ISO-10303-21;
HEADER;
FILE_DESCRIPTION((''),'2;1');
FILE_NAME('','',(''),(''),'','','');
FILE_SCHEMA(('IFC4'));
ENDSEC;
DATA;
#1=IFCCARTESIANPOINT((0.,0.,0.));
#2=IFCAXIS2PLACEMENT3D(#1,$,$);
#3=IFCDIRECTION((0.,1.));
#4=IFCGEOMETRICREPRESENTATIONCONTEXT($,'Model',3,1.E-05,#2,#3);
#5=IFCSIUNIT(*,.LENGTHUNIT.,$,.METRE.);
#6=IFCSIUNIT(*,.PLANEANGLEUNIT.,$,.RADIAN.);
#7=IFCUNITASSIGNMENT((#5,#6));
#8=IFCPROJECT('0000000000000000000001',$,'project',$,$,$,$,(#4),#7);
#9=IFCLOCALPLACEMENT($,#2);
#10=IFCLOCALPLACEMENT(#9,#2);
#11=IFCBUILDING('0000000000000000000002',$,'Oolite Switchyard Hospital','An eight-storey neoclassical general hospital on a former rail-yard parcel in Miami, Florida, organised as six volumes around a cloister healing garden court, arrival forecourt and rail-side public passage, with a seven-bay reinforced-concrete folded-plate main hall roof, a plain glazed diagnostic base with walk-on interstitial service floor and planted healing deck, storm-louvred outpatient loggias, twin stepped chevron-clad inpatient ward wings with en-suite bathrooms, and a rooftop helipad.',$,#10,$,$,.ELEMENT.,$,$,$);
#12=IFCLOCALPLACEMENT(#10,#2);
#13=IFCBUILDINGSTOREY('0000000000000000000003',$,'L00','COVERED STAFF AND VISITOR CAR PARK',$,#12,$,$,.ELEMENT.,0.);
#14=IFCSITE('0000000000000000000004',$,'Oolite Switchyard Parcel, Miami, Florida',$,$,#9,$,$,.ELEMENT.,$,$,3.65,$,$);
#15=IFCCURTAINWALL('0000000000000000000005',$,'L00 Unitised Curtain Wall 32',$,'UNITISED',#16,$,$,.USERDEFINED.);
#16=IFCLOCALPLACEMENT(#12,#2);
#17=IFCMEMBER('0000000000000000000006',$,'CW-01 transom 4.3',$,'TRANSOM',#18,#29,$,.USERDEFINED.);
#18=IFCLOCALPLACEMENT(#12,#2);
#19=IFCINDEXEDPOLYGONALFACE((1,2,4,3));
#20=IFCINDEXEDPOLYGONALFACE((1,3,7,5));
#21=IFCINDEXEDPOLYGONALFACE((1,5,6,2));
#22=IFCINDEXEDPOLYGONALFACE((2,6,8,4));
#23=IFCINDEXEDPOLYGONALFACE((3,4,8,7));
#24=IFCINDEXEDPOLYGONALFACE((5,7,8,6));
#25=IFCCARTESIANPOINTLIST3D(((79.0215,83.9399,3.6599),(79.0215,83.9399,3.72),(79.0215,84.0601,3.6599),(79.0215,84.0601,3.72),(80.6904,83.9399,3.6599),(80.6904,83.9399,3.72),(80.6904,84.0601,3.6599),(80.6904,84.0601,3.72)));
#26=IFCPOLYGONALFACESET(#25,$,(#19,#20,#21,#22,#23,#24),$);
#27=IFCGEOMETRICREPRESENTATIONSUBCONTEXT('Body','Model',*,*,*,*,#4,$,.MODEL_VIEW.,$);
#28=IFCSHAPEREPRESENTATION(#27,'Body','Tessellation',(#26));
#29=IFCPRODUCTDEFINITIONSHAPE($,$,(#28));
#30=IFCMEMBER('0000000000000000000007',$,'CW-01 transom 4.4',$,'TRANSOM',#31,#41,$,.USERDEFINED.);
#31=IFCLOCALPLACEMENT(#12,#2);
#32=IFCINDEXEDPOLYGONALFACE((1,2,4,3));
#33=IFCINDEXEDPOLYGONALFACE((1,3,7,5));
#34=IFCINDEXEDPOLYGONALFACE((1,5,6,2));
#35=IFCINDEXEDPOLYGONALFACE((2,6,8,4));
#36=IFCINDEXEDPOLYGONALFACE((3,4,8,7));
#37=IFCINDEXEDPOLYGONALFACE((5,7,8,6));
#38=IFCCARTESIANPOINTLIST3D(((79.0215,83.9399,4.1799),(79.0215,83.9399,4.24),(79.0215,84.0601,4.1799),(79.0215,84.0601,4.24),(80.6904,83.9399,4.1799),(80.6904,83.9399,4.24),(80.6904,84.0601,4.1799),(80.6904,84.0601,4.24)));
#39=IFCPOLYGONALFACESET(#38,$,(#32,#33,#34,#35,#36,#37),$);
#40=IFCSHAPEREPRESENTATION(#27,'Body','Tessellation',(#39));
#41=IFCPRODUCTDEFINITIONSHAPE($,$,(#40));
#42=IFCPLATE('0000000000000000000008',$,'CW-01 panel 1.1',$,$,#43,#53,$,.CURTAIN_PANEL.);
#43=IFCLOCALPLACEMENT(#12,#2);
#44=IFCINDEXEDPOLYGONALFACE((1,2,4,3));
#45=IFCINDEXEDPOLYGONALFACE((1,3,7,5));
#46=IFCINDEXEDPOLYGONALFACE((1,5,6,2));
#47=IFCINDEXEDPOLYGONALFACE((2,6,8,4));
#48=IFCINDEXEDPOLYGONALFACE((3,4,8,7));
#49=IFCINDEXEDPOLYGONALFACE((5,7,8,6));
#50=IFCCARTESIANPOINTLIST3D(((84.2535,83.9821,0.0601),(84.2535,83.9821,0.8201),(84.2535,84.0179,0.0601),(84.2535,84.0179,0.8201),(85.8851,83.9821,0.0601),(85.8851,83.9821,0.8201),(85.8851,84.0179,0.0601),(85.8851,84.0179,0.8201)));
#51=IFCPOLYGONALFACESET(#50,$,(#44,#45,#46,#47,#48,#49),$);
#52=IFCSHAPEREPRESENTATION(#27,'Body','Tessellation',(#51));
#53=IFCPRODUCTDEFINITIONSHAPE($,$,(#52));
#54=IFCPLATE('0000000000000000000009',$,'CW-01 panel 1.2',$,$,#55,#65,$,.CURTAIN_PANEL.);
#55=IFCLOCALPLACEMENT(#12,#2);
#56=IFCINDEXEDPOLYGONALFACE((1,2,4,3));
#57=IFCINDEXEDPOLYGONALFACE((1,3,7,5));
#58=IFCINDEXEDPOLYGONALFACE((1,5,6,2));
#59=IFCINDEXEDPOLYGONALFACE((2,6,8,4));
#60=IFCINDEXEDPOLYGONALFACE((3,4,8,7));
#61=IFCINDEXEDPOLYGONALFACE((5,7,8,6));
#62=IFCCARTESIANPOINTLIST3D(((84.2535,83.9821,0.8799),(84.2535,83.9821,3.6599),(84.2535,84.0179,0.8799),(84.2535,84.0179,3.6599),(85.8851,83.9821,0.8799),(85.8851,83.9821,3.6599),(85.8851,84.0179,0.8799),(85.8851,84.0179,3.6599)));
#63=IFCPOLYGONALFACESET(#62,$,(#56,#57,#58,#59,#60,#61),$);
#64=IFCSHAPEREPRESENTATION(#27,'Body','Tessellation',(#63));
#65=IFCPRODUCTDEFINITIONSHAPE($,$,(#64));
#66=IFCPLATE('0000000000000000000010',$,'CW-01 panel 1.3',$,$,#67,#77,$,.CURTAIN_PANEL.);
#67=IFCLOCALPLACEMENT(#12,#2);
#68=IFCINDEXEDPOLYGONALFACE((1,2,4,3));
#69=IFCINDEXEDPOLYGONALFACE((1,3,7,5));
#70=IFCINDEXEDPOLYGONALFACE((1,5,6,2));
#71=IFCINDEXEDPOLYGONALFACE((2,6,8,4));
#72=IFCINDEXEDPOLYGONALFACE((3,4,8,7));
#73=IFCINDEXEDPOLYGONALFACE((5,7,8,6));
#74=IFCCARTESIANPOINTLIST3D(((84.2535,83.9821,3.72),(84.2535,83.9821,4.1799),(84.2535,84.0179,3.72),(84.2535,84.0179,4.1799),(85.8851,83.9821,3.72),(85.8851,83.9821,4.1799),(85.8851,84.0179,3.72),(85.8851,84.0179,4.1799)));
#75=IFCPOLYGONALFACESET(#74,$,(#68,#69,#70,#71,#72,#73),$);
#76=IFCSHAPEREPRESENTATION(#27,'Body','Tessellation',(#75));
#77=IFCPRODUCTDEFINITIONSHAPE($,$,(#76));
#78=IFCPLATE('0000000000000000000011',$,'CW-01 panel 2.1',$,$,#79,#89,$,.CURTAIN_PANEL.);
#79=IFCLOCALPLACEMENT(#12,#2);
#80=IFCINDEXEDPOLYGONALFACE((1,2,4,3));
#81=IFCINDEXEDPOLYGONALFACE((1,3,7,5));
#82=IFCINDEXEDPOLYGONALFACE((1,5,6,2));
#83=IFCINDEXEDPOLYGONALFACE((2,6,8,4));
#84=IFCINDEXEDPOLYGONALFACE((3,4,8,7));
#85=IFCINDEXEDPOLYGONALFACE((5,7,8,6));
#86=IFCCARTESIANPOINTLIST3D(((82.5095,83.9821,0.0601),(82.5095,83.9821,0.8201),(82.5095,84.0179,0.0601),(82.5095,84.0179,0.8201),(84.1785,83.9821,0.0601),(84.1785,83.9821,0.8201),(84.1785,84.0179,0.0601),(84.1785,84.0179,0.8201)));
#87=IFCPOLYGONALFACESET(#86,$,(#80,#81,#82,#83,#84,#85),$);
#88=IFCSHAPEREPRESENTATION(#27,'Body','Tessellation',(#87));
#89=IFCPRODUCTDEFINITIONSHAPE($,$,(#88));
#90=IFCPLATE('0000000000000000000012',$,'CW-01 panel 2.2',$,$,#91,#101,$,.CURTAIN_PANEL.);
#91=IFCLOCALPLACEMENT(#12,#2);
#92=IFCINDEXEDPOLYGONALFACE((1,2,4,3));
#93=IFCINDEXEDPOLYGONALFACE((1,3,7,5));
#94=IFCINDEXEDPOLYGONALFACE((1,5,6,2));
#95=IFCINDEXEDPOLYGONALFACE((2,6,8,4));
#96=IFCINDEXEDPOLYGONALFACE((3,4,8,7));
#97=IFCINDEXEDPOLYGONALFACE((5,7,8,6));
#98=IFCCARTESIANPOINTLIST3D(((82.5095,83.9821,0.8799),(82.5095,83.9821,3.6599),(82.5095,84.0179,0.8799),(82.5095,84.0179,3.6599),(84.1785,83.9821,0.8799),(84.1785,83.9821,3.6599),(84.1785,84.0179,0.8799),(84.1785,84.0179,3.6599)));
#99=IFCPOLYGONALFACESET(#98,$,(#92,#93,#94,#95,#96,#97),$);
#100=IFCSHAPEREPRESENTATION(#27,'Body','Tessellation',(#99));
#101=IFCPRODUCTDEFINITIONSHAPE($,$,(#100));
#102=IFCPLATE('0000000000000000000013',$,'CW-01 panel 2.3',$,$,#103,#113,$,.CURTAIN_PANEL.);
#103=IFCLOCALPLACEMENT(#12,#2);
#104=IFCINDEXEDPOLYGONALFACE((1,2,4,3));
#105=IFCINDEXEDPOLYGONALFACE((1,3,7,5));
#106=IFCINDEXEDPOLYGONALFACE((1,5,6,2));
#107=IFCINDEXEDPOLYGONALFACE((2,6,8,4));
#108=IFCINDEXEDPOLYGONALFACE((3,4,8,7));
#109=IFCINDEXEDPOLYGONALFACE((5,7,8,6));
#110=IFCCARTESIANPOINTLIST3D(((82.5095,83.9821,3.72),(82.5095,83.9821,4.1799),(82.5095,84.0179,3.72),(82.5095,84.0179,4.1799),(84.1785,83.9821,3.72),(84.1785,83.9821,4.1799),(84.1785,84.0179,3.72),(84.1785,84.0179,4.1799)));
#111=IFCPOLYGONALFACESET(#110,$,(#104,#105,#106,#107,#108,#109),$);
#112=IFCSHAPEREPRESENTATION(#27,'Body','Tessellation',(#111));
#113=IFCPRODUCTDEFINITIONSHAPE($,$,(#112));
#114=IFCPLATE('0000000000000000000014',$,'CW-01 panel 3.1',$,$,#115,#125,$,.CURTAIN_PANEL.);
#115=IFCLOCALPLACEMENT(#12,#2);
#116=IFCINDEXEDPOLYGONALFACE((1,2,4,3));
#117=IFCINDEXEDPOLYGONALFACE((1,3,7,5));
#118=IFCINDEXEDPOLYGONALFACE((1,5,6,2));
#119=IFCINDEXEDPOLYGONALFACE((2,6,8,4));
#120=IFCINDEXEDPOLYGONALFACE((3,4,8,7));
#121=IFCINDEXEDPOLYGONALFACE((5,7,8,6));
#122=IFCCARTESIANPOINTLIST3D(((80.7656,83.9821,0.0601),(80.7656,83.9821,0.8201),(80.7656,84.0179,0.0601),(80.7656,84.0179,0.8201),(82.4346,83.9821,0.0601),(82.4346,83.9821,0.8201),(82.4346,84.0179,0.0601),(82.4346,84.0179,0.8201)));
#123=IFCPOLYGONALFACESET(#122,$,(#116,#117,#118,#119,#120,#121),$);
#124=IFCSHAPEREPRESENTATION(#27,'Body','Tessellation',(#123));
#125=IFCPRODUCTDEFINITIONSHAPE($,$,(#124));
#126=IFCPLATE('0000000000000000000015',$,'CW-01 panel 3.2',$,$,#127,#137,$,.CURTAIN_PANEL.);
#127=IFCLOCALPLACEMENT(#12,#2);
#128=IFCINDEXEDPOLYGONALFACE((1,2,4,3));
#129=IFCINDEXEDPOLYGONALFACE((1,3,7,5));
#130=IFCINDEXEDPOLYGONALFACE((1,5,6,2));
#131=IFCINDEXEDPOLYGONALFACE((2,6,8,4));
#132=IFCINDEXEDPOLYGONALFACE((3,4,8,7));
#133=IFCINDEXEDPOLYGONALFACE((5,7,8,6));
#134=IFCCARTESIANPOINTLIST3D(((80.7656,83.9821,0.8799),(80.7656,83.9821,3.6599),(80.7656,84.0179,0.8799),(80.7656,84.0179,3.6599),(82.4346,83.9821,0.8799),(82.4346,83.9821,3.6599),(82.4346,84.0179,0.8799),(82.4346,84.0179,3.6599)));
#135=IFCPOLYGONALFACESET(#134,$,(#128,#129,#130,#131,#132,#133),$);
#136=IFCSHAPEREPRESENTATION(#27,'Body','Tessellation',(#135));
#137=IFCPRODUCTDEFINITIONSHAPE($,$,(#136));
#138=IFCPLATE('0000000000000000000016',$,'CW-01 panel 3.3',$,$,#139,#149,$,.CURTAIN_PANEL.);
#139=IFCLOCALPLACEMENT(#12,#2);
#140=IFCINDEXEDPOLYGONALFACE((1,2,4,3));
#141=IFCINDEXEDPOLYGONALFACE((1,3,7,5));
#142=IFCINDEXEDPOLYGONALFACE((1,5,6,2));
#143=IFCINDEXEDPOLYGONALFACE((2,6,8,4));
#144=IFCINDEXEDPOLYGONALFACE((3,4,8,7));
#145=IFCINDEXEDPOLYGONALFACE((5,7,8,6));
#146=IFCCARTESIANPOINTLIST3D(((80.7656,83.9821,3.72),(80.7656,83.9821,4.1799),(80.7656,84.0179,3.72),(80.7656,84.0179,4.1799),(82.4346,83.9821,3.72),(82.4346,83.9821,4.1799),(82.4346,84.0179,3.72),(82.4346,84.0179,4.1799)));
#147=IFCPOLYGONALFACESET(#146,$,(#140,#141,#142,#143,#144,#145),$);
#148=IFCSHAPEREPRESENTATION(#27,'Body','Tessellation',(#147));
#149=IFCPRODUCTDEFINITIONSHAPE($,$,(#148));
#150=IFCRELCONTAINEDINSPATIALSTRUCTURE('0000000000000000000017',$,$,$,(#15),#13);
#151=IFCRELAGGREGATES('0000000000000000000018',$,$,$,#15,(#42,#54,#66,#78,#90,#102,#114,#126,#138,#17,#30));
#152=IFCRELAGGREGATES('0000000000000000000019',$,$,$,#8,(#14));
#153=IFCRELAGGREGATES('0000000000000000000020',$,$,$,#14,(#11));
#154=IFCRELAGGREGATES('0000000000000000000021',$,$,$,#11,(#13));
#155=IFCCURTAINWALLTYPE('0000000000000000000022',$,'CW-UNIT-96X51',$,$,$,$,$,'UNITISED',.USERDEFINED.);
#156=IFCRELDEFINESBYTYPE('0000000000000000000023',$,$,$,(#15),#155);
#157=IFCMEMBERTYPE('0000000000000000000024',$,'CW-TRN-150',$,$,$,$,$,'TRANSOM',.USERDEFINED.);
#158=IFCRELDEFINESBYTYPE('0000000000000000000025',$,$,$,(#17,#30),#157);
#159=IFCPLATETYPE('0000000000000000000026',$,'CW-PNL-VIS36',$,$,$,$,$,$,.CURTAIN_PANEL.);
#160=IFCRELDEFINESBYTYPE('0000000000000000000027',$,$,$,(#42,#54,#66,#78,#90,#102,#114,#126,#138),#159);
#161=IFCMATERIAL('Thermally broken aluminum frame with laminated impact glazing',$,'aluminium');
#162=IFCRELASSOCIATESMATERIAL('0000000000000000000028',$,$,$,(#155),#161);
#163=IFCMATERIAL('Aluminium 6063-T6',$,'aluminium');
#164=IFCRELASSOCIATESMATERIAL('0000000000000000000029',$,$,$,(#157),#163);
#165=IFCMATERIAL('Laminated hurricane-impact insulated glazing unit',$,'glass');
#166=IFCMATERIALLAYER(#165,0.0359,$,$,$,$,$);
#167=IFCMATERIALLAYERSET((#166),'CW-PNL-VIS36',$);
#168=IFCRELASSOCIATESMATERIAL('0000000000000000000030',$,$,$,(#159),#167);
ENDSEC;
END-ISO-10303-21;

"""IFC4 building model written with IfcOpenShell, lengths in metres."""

from ifc_helpers import new_model, si_unit, direction, frame, origin, origin_2d, place, context, subcontext, project, spatial, rectangle, extrude, material, layer, layer_set, material_profile, profile_set, type_object, element, aggregate, save


model = new_model("IFC4")

# Units and contexts
model_context = context("Model", 3, precision=1e-05, world=origin(), true_north=direction((0.0, 1.0)))
body_context = subcontext(model_context, "Body", "Model", "MODEL_VIEW")
ifc_project = project(units=[si_unit("LENGTHUNIT", "METRE"), si_unit("PLANEANGLEUNIT", "RADIAN")], contexts=[model_context])

# Site, building, storey
site_placement = place(None, origin())
site = spatial("IfcSite", under=ifc_project, at=site_placement, Name="Oolite Switchyard Parcel, Miami, Florida", CompositionType="ELEMENT", RefElevation=3.65)
building_placement = place(site_placement, origin())
building = spatial("IfcBuilding", under=site, at=building_placement, Name="Oolite Switchyard Hospital", Description="An eight-storey neoclassical general hospital on a former rail-yard parcel in Miami, Florida, organised as six volumes around a cloister healing garden court, arrival forecourt and rail-side public passage, with a seven-bay reinforced-concrete folded-plate main hall roof, a plain glazed diagnostic base with walk-on interstitial service floor and planted healing deck, storm-louvred outpatient loggias, twin stepped chevron-clad inpatient ward wings with en-suite bathrooms, and a rooftop helipad.", CompositionType="ELEMENT")
storey_placement = place(building_placement, origin())
storey = spatial("IfcBuildingStorey", under=building, at=storey_placement, Name="L00", Description="COVERED STAFF AND VISITOR CAR PARK", CompositionType="ELEMENT", Elevation=0.0)

# Curtain wall, members, plates
ifc_material_1 = material(Name="Thermally broken aluminum frame with laminated impact glazing", Category="aluminium")
curtain_wall_type = type_object("IfcCurtainWallType", Name="CW-UNIT-96X51", ElementType="UNITISED", PredefinedType="USERDEFINED", material=ifc_material_1)
curtain_wall_placement = place(storey_placement, origin())
curtain_wall = element("IfcCurtainWall", 1, at=curtain_wall_placement, inside=storey, type_object=curtain_wall_type, Name="L00 Unitised Curtain Wall 32", ObjectType="UNITISED", PredefinedType="USERDEFINED")
ifc_material_2 = material(Name="Aluminium 6063-T6", Category="aluminium")
ifc_material_profile_1 = material_profile(ifc_material_2, rectangle(XDim=0.1201, YDim=0.0601, at=origin_2d()), Name="CWT60X120")
ifc_profile_set_1 = profile_set([ifc_material_profile_1], Name="Aluminium 6063-T6")
member_type_1 = type_object("IfcMemberType", Name="CW-TRN-150", ElementType="TRANSOM", PredefinedType="USERDEFINED", material=ifc_profile_set_1)
member_1_placement = place(storey_placement, frame((80.6904, 84.0, 3.6899), z_axis=(-1.0, 0.0, 0.0), x_axis=(0.0, -1.0, 0.0)))
member_1 = element("IfcMember", 2, at=member_1_placement, type_object=member_type_1, Name="CW-01 transom 4.3", ObjectType="TRANSOM", PredefinedType="USERDEFINED", context=body_context, shape_type="SweptSolid", body=[
    extrude(rectangle(XDim=0.1201, YDim=0.0601, at=origin_2d()), origin(), (0.0, 0.0, 1.0), 1.6689),
])
member_2_placement = place(storey_placement, frame((80.6904, 84.0, 4.21), z_axis=(-1.0, 0.0, 0.0), x_axis=(0.0, -1.0, 0.0)))
member_2 = element("IfcMember", 3, at=member_2_placement, type_object=member_type_1, Name="CW-01 transom 4.4", ObjectType="TRANSOM", PredefinedType="USERDEFINED", context=body_context, shape_type="SweptSolid", body=[
    extrude(rectangle(XDim=0.1201, YDim=0.0601, at=origin_2d()), origin(), (0.0, 0.0, 1.0), 1.6689),
])
ifc_material_3 = material(Name="Laminated hurricane-impact insulated glazing unit", Category="glass")
ifc_layer = layer(ifc_material_3, 0.0359)
ifc_layer_set = layer_set([ifc_layer], Name="CW-PNL-VIS36")
plate_type = type_object("IfcPlateType", Name="CW-PNL-VIS36", PredefinedType="CURTAIN_PANEL", material=ifc_layer_set)
plate_1_placement = place(storey_placement, frame((85.0693, 84.0, 0.0601), z_axis=(0.0, 0.0, 1.0), x_axis=(-1.0, 0.0, 0.0)))
plate_1 = element("IfcPlate", 4, at=plate_1_placement, type_object=plate_type, Name="CW-01 panel 1.1", PredefinedType="CURTAIN_PANEL", context=body_context, shape_type="SweptSolid", body=[
    extrude(rectangle(XDim=1.6316, YDim=0.0359, at=origin_2d()), origin(), (0.0, 0.0, 1.0), 0.76),
])
plate_2_placement = place(storey_placement, frame((85.0693, 84.0, 0.8799), z_axis=(0.0, 0.0, 1.0), x_axis=(-1.0, 0.0, 0.0)))
plate_2 = element("IfcPlate", 5, at=plate_2_placement, type_object=plate_type, Name="CW-01 panel 1.2", PredefinedType="CURTAIN_PANEL", context=body_context, shape_type="SweptSolid", body=[
    extrude(rectangle(XDim=1.6316, YDim=0.0359, at=origin_2d()), origin(), (0.0, 0.0, 1.0), 2.78),
])
plate_3_placement = place(storey_placement, frame((85.0693, 84.0, 3.72), z_axis=(0.0, 0.0, 1.0), x_axis=(-1.0, 0.0, 0.0)))
plate_3 = element("IfcPlate", 6, at=plate_3_placement, type_object=plate_type, Name="CW-01 panel 1.3", PredefinedType="CURTAIN_PANEL", context=body_context, shape_type="SweptSolid", body=[
    extrude(rectangle(XDim=1.6316, YDim=0.0359, at=origin_2d()), origin(), (0.0, 0.0, 1.0), 0.46),
])
plate_4_placement = place(storey_placement, frame((83.344, 84.0, 0.0601), z_axis=(0.0, 0.0, 1.0), x_axis=(-1.0, 0.0, 0.0)))
plate_4 = element("IfcPlate", 7, at=plate_4_placement, type_object=plate_type, Name="CW-01 panel 2.1", PredefinedType="CURTAIN_PANEL", context=body_context, shape_type="SweptSolid", body=[
    extrude(rectangle(XDim=1.6689, YDim=0.0359, at=origin_2d()), origin(), (0.0, 0.0, 1.0), 0.76),
])
plate_5_placement = place(storey_placement, frame((83.344, 84.0, 0.8799), z_axis=(0.0, 0.0, 1.0), x_axis=(-1.0, 0.0, 0.0)))
plate_5 = element("IfcPlate", 8, at=plate_5_placement, type_object=plate_type, Name="CW-01 panel 2.2", PredefinedType="CURTAIN_PANEL", context=body_context, shape_type="SweptSolid", body=[
    extrude(rectangle(XDim=1.6689, YDim=0.0359, at=origin_2d()), origin(), (0.0, 0.0, 1.0), 2.78),
])
plate_6_placement = place(storey_placement, frame((83.344, 84.0, 3.72), z_axis=(0.0, 0.0, 1.0), x_axis=(-1.0, 0.0, 0.0)))
plate_6 = element("IfcPlate", 9, at=plate_6_placement, type_object=plate_type, Name="CW-01 panel 2.3", PredefinedType="CURTAIN_PANEL", context=body_context, shape_type="SweptSolid", body=[
    extrude(rectangle(XDim=1.6689, YDim=0.0359, at=origin_2d()), origin(), (0.0, 0.0, 1.0), 0.46),
])
plate_7_placement = place(storey_placement, frame((81.6001, 84.0, 0.0601), z_axis=(0.0, 0.0, 1.0), x_axis=(-1.0, 0.0, 0.0)))
plate_7 = element("IfcPlate", 10, at=plate_7_placement, type_object=plate_type, Name="CW-01 panel 3.1", PredefinedType="CURTAIN_PANEL", context=body_context, shape_type="SweptSolid", body=[
    extrude(rectangle(XDim=1.6689, YDim=0.0359, at=origin_2d()), origin(), (0.0, 0.0, 1.0), 0.76),
])
plate_8_placement = place(storey_placement, frame((81.6001, 84.0, 0.8799), z_axis=(0.0, 0.0, 1.0), x_axis=(-1.0, 0.0, 0.0)))
plate_8 = element("IfcPlate", 11, at=plate_8_placement, type_object=plate_type, Name="CW-01 panel 3.2", PredefinedType="CURTAIN_PANEL", context=body_context, shape_type="SweptSolid", body=[
    extrude(rectangle(XDim=1.6689, YDim=0.0359, at=origin_2d()), origin(), (0.0, 0.0, 1.0), 2.78),
])
plate_9_placement = place(storey_placement, frame((81.6001, 84.0, 3.72), z_axis=(0.0, 0.0, 1.0), x_axis=(-1.0, 0.0, 0.0)))
plate_9 = element("IfcPlate", 12, at=plate_9_placement, type_object=plate_type, Name="CW-01 panel 3.3", PredefinedType="CURTAIN_PANEL", context=body_context, shape_type="SweptSolid", body=[
    extrude(rectangle(XDim=1.6689, YDim=0.0359, at=origin_2d()), origin(), (0.0, 0.0, 1.0), 0.46),
])
aggregate(curtain_wall, [plate_1, plate_2, plate_3, plate_4, plate_5, plate_6, plate_7, plate_8, plate_9, member_1, member_2])

save(model, "model.ifc")
